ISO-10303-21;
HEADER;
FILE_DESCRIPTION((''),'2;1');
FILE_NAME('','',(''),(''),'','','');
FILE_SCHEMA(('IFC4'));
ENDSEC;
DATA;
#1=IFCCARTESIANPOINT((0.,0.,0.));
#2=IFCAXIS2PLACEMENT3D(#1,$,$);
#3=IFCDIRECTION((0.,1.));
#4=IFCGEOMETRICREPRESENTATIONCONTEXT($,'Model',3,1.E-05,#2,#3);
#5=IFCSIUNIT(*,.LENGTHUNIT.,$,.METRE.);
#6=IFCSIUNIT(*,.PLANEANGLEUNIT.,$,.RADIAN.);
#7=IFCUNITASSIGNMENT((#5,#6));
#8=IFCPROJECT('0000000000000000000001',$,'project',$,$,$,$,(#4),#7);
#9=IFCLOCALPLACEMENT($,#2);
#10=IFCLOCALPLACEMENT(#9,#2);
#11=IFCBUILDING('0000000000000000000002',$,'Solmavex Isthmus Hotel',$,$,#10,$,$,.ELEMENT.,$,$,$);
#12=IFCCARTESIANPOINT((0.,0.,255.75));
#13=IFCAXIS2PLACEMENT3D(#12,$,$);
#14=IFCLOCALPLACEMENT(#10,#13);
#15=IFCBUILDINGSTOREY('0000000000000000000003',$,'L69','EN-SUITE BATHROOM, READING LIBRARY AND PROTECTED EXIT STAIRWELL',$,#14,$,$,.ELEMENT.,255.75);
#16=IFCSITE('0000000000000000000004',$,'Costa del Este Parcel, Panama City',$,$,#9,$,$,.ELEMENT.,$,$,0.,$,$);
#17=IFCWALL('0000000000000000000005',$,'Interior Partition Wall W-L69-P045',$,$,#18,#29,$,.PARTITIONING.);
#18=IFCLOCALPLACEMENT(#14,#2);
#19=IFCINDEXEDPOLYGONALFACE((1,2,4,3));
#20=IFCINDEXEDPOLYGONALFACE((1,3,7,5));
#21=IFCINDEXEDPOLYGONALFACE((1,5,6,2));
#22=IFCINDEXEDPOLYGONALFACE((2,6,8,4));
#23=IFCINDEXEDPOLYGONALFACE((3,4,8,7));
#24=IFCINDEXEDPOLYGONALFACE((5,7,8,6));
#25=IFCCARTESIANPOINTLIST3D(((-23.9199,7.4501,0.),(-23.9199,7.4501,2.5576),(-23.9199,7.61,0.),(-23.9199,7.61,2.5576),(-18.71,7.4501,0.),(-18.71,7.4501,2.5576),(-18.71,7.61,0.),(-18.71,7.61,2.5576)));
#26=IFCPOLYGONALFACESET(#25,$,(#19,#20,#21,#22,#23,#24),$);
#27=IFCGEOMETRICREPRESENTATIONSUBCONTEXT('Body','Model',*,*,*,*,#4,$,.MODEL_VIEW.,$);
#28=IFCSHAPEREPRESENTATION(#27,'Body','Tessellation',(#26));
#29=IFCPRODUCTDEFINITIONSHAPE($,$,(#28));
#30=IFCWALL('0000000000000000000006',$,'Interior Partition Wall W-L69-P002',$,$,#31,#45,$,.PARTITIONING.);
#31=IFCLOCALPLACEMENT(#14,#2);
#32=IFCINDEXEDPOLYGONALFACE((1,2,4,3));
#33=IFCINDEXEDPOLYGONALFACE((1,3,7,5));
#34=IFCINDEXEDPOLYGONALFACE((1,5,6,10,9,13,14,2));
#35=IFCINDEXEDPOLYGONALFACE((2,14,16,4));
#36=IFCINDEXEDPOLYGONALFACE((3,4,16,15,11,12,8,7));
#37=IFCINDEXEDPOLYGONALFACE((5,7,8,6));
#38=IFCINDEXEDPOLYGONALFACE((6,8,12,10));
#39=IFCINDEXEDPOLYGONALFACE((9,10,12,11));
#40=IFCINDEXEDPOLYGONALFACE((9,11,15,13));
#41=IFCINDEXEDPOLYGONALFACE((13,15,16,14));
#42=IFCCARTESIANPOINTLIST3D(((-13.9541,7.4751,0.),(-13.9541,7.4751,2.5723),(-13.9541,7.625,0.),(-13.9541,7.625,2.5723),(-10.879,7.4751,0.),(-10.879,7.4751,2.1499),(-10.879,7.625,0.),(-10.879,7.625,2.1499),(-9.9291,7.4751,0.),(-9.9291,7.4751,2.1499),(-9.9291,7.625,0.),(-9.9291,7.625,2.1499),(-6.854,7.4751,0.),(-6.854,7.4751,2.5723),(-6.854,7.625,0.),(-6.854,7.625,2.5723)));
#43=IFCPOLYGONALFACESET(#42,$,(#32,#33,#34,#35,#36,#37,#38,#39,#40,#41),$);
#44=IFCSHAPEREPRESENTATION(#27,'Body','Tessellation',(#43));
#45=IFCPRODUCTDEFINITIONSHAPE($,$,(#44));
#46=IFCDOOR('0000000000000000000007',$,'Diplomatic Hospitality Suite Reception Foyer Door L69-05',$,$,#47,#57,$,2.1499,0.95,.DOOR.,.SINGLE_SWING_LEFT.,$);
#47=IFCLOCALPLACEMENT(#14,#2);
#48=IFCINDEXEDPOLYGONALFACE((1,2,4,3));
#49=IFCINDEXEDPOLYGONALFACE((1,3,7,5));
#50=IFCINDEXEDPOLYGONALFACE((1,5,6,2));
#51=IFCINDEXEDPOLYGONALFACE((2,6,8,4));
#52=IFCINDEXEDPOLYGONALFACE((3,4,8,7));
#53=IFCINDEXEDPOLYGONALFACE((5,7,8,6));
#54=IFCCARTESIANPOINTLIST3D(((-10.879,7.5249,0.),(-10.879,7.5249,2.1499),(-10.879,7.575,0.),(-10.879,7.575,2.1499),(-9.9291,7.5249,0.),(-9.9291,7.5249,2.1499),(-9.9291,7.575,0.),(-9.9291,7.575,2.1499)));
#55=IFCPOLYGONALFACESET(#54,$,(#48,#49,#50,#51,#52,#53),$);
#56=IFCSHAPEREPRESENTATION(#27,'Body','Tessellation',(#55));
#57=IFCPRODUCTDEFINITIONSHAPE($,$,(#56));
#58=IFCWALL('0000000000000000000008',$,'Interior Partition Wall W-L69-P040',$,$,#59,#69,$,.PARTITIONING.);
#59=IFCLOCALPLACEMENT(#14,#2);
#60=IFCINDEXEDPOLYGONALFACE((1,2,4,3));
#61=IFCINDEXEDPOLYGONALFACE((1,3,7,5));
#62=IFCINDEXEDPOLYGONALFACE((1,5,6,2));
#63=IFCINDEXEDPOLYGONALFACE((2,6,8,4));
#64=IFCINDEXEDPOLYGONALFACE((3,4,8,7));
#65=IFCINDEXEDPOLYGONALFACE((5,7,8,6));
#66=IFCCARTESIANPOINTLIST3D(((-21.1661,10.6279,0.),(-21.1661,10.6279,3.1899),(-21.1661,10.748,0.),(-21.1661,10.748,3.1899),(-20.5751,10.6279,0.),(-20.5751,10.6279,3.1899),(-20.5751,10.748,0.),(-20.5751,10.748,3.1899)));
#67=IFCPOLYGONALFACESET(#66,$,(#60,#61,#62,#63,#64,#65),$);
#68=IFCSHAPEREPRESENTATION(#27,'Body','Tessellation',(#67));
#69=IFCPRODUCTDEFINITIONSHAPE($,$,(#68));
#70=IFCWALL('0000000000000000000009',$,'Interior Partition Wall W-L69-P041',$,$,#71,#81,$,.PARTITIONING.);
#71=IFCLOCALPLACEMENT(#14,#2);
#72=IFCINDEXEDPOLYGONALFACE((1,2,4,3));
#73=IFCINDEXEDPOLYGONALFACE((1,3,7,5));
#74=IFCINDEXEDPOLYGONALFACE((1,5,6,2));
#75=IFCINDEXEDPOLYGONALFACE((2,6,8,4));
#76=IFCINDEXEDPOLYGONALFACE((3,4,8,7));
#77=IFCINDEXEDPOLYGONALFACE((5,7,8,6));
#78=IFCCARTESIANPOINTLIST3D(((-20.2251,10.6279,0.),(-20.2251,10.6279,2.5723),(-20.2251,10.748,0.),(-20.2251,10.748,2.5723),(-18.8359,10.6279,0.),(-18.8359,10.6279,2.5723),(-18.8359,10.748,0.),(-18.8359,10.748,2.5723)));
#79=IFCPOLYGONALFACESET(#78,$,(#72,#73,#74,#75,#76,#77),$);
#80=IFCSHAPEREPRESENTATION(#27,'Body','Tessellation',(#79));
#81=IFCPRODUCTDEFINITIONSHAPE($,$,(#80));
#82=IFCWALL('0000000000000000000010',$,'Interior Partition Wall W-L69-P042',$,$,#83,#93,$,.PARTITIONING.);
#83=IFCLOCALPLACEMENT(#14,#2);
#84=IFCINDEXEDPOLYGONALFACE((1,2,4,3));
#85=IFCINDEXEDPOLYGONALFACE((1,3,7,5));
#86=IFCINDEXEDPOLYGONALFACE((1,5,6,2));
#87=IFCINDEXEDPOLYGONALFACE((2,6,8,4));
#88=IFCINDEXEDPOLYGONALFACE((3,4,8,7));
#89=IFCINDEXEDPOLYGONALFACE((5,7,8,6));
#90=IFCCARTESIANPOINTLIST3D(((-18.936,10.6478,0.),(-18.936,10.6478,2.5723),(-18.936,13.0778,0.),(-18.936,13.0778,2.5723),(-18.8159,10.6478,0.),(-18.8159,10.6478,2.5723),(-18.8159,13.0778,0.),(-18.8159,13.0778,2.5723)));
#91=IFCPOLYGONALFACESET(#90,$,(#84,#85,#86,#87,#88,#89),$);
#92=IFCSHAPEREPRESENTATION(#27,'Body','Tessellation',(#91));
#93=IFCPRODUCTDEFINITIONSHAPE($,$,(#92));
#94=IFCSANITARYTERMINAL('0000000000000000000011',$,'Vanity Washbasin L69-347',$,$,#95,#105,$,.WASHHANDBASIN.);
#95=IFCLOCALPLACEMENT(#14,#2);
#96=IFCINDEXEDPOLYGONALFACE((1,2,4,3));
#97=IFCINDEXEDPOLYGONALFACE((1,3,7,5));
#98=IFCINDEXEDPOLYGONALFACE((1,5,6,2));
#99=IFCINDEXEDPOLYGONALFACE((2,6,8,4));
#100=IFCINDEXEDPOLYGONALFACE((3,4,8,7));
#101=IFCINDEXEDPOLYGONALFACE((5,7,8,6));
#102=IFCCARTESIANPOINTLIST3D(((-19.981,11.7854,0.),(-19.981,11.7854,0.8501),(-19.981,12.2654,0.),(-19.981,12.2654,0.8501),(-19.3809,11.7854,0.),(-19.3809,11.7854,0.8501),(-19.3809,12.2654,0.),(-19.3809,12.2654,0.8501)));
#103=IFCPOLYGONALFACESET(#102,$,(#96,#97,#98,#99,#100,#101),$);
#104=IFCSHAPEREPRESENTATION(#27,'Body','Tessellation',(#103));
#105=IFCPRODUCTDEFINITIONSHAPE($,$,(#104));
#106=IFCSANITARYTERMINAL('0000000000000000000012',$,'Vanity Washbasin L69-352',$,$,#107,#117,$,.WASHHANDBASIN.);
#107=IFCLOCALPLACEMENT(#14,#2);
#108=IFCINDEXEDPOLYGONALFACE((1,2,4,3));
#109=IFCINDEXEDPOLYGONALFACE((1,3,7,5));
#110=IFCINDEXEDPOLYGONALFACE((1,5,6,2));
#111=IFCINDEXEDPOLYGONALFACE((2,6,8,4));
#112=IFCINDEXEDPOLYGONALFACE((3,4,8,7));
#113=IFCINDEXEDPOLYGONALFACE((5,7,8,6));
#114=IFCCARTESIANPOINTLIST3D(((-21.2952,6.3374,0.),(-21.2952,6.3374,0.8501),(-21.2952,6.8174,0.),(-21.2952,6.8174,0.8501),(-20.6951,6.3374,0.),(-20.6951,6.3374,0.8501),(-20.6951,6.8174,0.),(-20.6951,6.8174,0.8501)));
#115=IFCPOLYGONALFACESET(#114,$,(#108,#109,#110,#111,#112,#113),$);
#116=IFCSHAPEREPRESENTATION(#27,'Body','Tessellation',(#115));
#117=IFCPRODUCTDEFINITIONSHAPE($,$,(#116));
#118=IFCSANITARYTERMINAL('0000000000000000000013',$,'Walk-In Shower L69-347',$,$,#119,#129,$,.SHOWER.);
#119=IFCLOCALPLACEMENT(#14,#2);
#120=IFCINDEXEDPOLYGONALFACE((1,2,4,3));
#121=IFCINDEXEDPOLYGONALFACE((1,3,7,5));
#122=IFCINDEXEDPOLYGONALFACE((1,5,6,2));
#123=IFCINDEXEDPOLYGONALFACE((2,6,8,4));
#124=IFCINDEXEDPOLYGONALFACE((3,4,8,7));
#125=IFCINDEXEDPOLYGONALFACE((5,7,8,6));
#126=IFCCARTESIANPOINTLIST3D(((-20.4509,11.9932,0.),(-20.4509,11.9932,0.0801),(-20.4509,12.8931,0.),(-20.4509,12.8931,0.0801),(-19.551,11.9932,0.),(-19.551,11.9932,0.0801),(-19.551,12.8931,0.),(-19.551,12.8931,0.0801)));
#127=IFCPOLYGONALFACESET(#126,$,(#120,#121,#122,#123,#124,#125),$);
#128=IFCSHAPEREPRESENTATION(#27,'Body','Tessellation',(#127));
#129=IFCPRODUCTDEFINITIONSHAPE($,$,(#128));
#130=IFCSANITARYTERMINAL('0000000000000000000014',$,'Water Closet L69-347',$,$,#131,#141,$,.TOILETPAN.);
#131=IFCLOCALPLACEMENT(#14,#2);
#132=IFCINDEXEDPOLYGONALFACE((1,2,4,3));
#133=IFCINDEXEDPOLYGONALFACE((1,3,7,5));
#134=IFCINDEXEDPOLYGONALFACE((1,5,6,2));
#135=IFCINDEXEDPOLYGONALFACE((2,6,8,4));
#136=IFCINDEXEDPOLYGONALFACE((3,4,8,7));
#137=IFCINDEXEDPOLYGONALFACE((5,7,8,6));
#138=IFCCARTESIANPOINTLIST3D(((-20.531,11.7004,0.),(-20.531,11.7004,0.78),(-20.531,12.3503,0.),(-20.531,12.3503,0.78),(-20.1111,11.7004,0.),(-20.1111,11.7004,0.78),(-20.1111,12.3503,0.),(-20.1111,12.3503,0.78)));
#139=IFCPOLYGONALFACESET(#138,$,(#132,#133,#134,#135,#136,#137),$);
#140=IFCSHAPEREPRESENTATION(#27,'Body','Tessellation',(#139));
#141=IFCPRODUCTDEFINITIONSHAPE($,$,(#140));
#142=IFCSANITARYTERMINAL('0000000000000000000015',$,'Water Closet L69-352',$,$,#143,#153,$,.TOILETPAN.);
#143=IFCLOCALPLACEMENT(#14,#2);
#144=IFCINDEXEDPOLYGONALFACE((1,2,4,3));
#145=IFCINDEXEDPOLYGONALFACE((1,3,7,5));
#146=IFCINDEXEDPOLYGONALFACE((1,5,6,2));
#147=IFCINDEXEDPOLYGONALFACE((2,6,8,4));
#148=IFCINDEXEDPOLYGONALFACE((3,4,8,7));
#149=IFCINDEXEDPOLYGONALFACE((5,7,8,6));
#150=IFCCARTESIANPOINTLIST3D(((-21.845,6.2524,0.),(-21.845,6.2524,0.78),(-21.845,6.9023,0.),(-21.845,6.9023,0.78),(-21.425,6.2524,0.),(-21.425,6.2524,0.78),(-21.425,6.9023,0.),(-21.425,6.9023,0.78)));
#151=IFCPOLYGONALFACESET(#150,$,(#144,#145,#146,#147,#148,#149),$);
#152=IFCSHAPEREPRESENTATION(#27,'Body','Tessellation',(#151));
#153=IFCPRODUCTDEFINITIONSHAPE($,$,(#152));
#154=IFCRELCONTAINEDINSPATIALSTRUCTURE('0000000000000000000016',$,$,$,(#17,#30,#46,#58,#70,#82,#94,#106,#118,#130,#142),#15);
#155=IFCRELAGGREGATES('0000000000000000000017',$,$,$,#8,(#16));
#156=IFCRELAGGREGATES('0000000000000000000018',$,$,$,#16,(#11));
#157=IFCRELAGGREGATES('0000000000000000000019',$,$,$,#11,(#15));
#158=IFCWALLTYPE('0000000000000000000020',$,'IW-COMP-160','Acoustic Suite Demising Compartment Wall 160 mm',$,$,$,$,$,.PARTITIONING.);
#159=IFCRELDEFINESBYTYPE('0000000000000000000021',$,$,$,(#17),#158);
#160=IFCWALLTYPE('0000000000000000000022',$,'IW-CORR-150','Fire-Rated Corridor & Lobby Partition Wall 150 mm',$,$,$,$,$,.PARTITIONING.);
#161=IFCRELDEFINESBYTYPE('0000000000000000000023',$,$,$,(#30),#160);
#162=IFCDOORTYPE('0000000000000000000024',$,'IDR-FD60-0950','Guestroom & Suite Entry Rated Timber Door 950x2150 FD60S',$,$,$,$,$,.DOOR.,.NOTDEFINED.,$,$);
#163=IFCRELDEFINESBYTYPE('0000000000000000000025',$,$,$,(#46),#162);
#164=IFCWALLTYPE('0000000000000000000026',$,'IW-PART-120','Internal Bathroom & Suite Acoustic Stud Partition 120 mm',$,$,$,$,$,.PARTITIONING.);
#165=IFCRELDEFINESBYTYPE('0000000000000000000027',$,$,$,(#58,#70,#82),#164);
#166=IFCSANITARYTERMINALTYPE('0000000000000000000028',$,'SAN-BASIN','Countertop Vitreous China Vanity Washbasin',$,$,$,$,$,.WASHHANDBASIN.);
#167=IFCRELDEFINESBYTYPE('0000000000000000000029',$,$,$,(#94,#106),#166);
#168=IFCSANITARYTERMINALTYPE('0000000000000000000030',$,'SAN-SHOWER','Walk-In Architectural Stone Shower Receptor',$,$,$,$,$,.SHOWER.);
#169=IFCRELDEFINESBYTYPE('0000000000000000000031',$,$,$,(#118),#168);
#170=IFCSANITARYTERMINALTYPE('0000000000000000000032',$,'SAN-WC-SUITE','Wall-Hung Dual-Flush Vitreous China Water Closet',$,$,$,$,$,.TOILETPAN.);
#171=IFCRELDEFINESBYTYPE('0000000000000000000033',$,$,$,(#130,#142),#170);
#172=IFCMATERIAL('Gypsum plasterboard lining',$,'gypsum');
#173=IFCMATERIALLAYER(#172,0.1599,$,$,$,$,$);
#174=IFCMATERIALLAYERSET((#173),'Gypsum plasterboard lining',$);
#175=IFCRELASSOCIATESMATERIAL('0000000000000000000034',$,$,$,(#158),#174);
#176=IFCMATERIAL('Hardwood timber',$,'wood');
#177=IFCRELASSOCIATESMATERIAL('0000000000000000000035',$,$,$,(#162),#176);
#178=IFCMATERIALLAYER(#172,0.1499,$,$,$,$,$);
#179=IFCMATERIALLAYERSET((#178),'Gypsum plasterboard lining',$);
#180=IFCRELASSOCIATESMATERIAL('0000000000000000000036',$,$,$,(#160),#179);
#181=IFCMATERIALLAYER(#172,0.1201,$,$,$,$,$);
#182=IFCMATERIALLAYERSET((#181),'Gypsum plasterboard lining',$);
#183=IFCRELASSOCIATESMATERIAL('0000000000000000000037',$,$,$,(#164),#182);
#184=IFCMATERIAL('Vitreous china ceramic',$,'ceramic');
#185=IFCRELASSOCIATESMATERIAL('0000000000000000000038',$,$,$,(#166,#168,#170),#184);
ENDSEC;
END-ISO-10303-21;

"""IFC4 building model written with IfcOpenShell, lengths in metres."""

from ifc_helpers import new_model, si_unit, direction, frame, frame_2d, origin, origin_2d, place, context, subcontext, project, spatial, rectangle, extrude, material, layer, layer_set, type_object, element, fill, save


model = new_model("IFC4")

# Units and contexts
model_context = context("Model", 3, precision=1e-05, world=origin(), true_north=direction((0.0, 1.0)))
body_context = subcontext(model_context, "Body", "Model", "MODEL_VIEW")
ifc_project = project(units=[si_unit("LENGTHUNIT", "METRE"), si_unit("PLANEANGLEUNIT", "RADIAN")], contexts=[model_context])

# Site, building, storey
site_placement = place(None, origin())
site = spatial("IfcSite", under=ifc_project, at=site_placement, Name="Costa del Este Parcel, Panama City", CompositionType="ELEMENT", RefElevation=0.0)
building_placement = place(site_placement, origin())
building = spatial("IfcBuilding", under=site, at=building_placement, Name="Solmavex Isthmus Hotel", CompositionType="ELEMENT")
storey_placement = place(building_placement, frame((0.0, 0.0, 255.75)))
storey = spatial("IfcBuildingStorey", under=building, at=storey_placement, Name="L69", Description="EN-SUITE BATHROOM, READING LIBRARY AND PROTECTED EXIT STAIRWELL", CompositionType="ELEMENT", Elevation=255.75)

# Shared definitions
ifc_material_1 = material(Name="Gypsum plasterboard lining", Category="gypsum")
ifc_layer_1 = layer(ifc_material_1, 0.1599)
ifc_layer_set_1 = layer_set([ifc_layer_1], Name="Gypsum plasterboard lining")
wall_type_1 = type_object("IfcWallType", Name="IW-COMP-160", Description="Acoustic Suite Demising Compartment Wall 160 mm", PredefinedType="PARTITIONING", material=ifc_layer_set_1)
ifc_material_2 = material(Name="Hardwood timber", Category="wood")
door_type = type_object("IfcDoorType", Name="IDR-FD60-0950", Description="Guestroom & Suite Entry Rated Timber Door 950x2150 FD60S", OperationType="NOTDEFINED", PredefinedType="DOOR", material=ifc_material_2)

# Wall
wall_1_placement = place(storey_placement, frame((-18.71, 7.53, 0.0), z_axis=(0.0, 0.0, 1.0), x_axis=(-1.0, 0.0, 0.0)))
element("IfcWall", 1, at=wall_1_placement, inside=storey, type_object=wall_type_1, Name="Interior Partition Wall W-L69-P045", PredefinedType="PARTITIONING", context=body_context, shape_type="SweptSolid", body=[
    extrude(rectangle(XDim=5.21, YDim=0.1599, at=frame_2d((2.605, 0.0))), origin(), (0.0, 0.0, 1.0), 2.5576),
])

# Wall, opening, door
ifc_layer_2 = layer(ifc_material_1, 0.1499)
ifc_layer_set_2 = layer_set([ifc_layer_2], Name="Gypsum plasterboard lining")
wall_type_2 = type_object("IfcWallType", Name="IW-CORR-150", Description="Fire-Rated Corridor & Lobby Partition Wall 150 mm", PredefinedType="PARTITIONING", material=ifc_layer_set_2)
wall_2_placement = place(storey_placement, frame((-13.9541, 7.55, 0.0), z_axis=(0.0, 0.0, 1.0), x_axis=(1.0, 0.0, 0.0)))
wall_2 = element("IfcWall", 2, at=wall_2_placement, inside=storey, type_object=wall_type_2, Name="Interior Partition Wall W-L69-P002", PredefinedType="PARTITIONING", context=body_context, shape_type="SweptSolid", body=[
    extrude(rectangle(XDim=7.1001, YDim=0.1499, at=frame_2d((3.55, 0.0))), origin(), (0.0, 0.0, 1.0), 2.5723),
])
opening_1_placement = place(wall_2_placement, frame((3.075, 0.0, 0.0)))
opening_1 = element("IfcOpeningElement", 3, at=opening_1_placement, cuts=wall_2, PredefinedType="OPENING", context=body_context, shape_type="SweptSolid", body=[
    extrude(rectangle(XDim=0.95, YDim=2.1499, at=frame_2d((0.4751, 1.075))), frame((0.0, 0.085, 0.0), z_axis=(0.0, -1.0, 0.0), x_axis=(1.0, 0.0, 0.0)), (0.0, 0.0, 1.0), 0.1699),
])
door_1_placement = place(opening_1_placement, origin())
door_1 = element("IfcDoor", 4, at=door_1_placement, inside=storey, type_object=door_type, Name="Diplomatic Hospitality Suite Reception Foyer Door L69-05", OperationType="SINGLE_SWING_LEFT", OverallHeight=2.1499, OverallWidth=0.95, PredefinedType="DOOR", context=body_context, shape_type="SweptSolid", body=[
    extrude(rectangle(XDim=0.95, YDim=2.1499, at=frame_2d((0.4751, 1.075))), frame((0.0, 0.0249, 0.0), z_axis=(0.0, -1.0, 0.0), x_axis=(1.0, 0.0, 0.0)), (0.0, 0.0, 1.0), 0.05),
])
fill(opening_1, door_1)

# Walls
ifc_layer_3 = layer(ifc_material_1, 0.1201)
ifc_layer_set_3 = layer_set([ifc_layer_3], Name="Gypsum plasterboard lining")
wall_type_3 = type_object("IfcWallType", Name="IW-PART-120", Description="Internal Bathroom & Suite Acoustic Stud Partition 120 mm", PredefinedType="PARTITIONING", material=ifc_layer_set_3)
wall_3_placement = place(storey_placement, frame((-21.166, 10.688, 0.0), z_axis=(0.0, 0.0, 1.0), x_axis=(1.0, 0.0, 0.0)))
element("IfcWall", 5, at=wall_3_placement, inside=storey, type_object=wall_type_3, Name="Interior Partition Wall W-L69-P040", PredefinedType="PARTITIONING", context=body_context, shape_type="SweptSolid", body=[
    extrude(rectangle(XDim=0.5911, YDim=0.1201, at=frame_2d((0.2954, 0.0))), origin(), (0.0, 0.0, 1.0), 3.1899),
])
wall_4_placement = place(storey_placement, frame((-20.2251, 10.688, 0.0), z_axis=(0.0, 0.0, 1.0), x_axis=(1.0, 0.0, 0.0)))
element("IfcWall", 6, at=wall_4_placement, inside=storey, type_object=wall_type_3, Name="Interior Partition Wall W-L69-P041", PredefinedType="PARTITIONING", context=body_context, shape_type="SweptSolid", body=[
    extrude(rectangle(XDim=1.3892, YDim=0.1201, at=frame_2d((0.6946, 0.0))), origin(), (0.0, 0.0, 1.0), 2.5723),
])
wall_5_placement = place(storey_placement, frame((-18.876, 10.6479, 0.0), z_axis=(0.0, 0.0, 1.0), x_axis=(0.0, 1.0, 0.0)))
element("IfcWall", 7, at=wall_5_placement, inside=storey, type_object=wall_type_3, Name="Interior Partition Wall W-L69-P042", PredefinedType="PARTITIONING", context=body_context, shape_type="SweptSolid", body=[
    extrude(rectangle(XDim=2.4299, YDim=0.1201, at=frame_2d((1.2148, 0.0))), origin(), (0.0, 0.0, 1.0), 2.5723),
])

# Sanitary terminals
ifc_material_3 = material(Name="Vitreous china ceramic", Category="ceramic")
sanitary_terminal_type_1 = type_object("IfcSanitaryTerminalType", Name="SAN-BASIN", Description="Countertop Vitreous China Vanity Washbasin", PredefinedType="WASHHANDBASIN", material=ifc_material_3)
for number, where, z_axis, x_axis, name in (
    (8, (-19.6809, 12.0254, 0.0), (0.0, 0.0, 1.0), (1.0, 0.0, 0.0), "Vanity Washbasin L69-347"),
    (9, (-20.9951, 6.5774, 0.0), (0.0, 0.0, 1.0), (1.0, 0.0, 0.0), "Vanity Washbasin L69-352"),
):
    element("IfcSanitaryTerminal", number, at=place(storey_placement, frame(where, z_axis=z_axis, x_axis=x_axis)), inside=storey, type_object=sanitary_terminal_type_1, Name=name, PredefinedType="WASHHANDBASIN", context=body_context, shape_type="SweptSolid", body=[
        extrude(rectangle(XDim=0.6001, YDim=0.48, at=origin_2d()), origin(), (0.0, 0.0, 1.0), 0.8501),
    ])
sanitary_terminal_type_2 = type_object("IfcSanitaryTerminalType", Name="SAN-SHOWER", Description="Walk-In Architectural Stone Shower Receptor", PredefinedType="SHOWER", material=ifc_material_3)
sanitary_terminal_placement = place(storey_placement, frame((-20.001, 12.4431, 0.0), z_axis=(0.0, 0.0, 1.0), x_axis=(1.0, 0.0, 0.0)))
element("IfcSanitaryTerminal", 10, at=sanitary_terminal_placement, inside=storey, type_object=sanitary_terminal_type_2, Name="Walk-In Shower L69-347", PredefinedType="SHOWER", context=body_context, shape_type="SweptSolid", body=[
    extrude(rectangle(XDim=0.8999, YDim=0.8999, at=origin_2d()), origin(), (0.0, 0.0, 1.0), 0.0801),
])
sanitary_terminal_type_3 = type_object("IfcSanitaryTerminalType", Name="SAN-WC-SUITE", Description="Wall-Hung Dual-Flush Vitreous China Water Closet", PredefinedType="TOILETPAN", material=ifc_material_3)
for number, where, z_axis, x_axis, name in (
    (11, (-20.321, 12.0254, 0.0), (0.0, 0.0, 1.0), (1.0, 0.0, 0.0), "Water Closet L69-347"),
    (12, (-21.635, 6.5774, 0.0), (0.0, 0.0, 1.0), (1.0, 0.0, 0.0), "Water Closet L69-352"),
):
    element("IfcSanitaryTerminal", number, at=place(storey_placement, frame(where, z_axis=z_axis, x_axis=x_axis)), inside=storey, type_object=sanitary_terminal_type_3, Name=name, PredefinedType="TOILETPAN", context=body_context, shape_type="SweptSolid", body=[
        extrude(rectangle(XDim=0.4199, YDim=0.6499, at=origin_2d()), origin(), (0.0, 0.0, 1.0), 0.78),
    ])

save(model, "model.ifc")
